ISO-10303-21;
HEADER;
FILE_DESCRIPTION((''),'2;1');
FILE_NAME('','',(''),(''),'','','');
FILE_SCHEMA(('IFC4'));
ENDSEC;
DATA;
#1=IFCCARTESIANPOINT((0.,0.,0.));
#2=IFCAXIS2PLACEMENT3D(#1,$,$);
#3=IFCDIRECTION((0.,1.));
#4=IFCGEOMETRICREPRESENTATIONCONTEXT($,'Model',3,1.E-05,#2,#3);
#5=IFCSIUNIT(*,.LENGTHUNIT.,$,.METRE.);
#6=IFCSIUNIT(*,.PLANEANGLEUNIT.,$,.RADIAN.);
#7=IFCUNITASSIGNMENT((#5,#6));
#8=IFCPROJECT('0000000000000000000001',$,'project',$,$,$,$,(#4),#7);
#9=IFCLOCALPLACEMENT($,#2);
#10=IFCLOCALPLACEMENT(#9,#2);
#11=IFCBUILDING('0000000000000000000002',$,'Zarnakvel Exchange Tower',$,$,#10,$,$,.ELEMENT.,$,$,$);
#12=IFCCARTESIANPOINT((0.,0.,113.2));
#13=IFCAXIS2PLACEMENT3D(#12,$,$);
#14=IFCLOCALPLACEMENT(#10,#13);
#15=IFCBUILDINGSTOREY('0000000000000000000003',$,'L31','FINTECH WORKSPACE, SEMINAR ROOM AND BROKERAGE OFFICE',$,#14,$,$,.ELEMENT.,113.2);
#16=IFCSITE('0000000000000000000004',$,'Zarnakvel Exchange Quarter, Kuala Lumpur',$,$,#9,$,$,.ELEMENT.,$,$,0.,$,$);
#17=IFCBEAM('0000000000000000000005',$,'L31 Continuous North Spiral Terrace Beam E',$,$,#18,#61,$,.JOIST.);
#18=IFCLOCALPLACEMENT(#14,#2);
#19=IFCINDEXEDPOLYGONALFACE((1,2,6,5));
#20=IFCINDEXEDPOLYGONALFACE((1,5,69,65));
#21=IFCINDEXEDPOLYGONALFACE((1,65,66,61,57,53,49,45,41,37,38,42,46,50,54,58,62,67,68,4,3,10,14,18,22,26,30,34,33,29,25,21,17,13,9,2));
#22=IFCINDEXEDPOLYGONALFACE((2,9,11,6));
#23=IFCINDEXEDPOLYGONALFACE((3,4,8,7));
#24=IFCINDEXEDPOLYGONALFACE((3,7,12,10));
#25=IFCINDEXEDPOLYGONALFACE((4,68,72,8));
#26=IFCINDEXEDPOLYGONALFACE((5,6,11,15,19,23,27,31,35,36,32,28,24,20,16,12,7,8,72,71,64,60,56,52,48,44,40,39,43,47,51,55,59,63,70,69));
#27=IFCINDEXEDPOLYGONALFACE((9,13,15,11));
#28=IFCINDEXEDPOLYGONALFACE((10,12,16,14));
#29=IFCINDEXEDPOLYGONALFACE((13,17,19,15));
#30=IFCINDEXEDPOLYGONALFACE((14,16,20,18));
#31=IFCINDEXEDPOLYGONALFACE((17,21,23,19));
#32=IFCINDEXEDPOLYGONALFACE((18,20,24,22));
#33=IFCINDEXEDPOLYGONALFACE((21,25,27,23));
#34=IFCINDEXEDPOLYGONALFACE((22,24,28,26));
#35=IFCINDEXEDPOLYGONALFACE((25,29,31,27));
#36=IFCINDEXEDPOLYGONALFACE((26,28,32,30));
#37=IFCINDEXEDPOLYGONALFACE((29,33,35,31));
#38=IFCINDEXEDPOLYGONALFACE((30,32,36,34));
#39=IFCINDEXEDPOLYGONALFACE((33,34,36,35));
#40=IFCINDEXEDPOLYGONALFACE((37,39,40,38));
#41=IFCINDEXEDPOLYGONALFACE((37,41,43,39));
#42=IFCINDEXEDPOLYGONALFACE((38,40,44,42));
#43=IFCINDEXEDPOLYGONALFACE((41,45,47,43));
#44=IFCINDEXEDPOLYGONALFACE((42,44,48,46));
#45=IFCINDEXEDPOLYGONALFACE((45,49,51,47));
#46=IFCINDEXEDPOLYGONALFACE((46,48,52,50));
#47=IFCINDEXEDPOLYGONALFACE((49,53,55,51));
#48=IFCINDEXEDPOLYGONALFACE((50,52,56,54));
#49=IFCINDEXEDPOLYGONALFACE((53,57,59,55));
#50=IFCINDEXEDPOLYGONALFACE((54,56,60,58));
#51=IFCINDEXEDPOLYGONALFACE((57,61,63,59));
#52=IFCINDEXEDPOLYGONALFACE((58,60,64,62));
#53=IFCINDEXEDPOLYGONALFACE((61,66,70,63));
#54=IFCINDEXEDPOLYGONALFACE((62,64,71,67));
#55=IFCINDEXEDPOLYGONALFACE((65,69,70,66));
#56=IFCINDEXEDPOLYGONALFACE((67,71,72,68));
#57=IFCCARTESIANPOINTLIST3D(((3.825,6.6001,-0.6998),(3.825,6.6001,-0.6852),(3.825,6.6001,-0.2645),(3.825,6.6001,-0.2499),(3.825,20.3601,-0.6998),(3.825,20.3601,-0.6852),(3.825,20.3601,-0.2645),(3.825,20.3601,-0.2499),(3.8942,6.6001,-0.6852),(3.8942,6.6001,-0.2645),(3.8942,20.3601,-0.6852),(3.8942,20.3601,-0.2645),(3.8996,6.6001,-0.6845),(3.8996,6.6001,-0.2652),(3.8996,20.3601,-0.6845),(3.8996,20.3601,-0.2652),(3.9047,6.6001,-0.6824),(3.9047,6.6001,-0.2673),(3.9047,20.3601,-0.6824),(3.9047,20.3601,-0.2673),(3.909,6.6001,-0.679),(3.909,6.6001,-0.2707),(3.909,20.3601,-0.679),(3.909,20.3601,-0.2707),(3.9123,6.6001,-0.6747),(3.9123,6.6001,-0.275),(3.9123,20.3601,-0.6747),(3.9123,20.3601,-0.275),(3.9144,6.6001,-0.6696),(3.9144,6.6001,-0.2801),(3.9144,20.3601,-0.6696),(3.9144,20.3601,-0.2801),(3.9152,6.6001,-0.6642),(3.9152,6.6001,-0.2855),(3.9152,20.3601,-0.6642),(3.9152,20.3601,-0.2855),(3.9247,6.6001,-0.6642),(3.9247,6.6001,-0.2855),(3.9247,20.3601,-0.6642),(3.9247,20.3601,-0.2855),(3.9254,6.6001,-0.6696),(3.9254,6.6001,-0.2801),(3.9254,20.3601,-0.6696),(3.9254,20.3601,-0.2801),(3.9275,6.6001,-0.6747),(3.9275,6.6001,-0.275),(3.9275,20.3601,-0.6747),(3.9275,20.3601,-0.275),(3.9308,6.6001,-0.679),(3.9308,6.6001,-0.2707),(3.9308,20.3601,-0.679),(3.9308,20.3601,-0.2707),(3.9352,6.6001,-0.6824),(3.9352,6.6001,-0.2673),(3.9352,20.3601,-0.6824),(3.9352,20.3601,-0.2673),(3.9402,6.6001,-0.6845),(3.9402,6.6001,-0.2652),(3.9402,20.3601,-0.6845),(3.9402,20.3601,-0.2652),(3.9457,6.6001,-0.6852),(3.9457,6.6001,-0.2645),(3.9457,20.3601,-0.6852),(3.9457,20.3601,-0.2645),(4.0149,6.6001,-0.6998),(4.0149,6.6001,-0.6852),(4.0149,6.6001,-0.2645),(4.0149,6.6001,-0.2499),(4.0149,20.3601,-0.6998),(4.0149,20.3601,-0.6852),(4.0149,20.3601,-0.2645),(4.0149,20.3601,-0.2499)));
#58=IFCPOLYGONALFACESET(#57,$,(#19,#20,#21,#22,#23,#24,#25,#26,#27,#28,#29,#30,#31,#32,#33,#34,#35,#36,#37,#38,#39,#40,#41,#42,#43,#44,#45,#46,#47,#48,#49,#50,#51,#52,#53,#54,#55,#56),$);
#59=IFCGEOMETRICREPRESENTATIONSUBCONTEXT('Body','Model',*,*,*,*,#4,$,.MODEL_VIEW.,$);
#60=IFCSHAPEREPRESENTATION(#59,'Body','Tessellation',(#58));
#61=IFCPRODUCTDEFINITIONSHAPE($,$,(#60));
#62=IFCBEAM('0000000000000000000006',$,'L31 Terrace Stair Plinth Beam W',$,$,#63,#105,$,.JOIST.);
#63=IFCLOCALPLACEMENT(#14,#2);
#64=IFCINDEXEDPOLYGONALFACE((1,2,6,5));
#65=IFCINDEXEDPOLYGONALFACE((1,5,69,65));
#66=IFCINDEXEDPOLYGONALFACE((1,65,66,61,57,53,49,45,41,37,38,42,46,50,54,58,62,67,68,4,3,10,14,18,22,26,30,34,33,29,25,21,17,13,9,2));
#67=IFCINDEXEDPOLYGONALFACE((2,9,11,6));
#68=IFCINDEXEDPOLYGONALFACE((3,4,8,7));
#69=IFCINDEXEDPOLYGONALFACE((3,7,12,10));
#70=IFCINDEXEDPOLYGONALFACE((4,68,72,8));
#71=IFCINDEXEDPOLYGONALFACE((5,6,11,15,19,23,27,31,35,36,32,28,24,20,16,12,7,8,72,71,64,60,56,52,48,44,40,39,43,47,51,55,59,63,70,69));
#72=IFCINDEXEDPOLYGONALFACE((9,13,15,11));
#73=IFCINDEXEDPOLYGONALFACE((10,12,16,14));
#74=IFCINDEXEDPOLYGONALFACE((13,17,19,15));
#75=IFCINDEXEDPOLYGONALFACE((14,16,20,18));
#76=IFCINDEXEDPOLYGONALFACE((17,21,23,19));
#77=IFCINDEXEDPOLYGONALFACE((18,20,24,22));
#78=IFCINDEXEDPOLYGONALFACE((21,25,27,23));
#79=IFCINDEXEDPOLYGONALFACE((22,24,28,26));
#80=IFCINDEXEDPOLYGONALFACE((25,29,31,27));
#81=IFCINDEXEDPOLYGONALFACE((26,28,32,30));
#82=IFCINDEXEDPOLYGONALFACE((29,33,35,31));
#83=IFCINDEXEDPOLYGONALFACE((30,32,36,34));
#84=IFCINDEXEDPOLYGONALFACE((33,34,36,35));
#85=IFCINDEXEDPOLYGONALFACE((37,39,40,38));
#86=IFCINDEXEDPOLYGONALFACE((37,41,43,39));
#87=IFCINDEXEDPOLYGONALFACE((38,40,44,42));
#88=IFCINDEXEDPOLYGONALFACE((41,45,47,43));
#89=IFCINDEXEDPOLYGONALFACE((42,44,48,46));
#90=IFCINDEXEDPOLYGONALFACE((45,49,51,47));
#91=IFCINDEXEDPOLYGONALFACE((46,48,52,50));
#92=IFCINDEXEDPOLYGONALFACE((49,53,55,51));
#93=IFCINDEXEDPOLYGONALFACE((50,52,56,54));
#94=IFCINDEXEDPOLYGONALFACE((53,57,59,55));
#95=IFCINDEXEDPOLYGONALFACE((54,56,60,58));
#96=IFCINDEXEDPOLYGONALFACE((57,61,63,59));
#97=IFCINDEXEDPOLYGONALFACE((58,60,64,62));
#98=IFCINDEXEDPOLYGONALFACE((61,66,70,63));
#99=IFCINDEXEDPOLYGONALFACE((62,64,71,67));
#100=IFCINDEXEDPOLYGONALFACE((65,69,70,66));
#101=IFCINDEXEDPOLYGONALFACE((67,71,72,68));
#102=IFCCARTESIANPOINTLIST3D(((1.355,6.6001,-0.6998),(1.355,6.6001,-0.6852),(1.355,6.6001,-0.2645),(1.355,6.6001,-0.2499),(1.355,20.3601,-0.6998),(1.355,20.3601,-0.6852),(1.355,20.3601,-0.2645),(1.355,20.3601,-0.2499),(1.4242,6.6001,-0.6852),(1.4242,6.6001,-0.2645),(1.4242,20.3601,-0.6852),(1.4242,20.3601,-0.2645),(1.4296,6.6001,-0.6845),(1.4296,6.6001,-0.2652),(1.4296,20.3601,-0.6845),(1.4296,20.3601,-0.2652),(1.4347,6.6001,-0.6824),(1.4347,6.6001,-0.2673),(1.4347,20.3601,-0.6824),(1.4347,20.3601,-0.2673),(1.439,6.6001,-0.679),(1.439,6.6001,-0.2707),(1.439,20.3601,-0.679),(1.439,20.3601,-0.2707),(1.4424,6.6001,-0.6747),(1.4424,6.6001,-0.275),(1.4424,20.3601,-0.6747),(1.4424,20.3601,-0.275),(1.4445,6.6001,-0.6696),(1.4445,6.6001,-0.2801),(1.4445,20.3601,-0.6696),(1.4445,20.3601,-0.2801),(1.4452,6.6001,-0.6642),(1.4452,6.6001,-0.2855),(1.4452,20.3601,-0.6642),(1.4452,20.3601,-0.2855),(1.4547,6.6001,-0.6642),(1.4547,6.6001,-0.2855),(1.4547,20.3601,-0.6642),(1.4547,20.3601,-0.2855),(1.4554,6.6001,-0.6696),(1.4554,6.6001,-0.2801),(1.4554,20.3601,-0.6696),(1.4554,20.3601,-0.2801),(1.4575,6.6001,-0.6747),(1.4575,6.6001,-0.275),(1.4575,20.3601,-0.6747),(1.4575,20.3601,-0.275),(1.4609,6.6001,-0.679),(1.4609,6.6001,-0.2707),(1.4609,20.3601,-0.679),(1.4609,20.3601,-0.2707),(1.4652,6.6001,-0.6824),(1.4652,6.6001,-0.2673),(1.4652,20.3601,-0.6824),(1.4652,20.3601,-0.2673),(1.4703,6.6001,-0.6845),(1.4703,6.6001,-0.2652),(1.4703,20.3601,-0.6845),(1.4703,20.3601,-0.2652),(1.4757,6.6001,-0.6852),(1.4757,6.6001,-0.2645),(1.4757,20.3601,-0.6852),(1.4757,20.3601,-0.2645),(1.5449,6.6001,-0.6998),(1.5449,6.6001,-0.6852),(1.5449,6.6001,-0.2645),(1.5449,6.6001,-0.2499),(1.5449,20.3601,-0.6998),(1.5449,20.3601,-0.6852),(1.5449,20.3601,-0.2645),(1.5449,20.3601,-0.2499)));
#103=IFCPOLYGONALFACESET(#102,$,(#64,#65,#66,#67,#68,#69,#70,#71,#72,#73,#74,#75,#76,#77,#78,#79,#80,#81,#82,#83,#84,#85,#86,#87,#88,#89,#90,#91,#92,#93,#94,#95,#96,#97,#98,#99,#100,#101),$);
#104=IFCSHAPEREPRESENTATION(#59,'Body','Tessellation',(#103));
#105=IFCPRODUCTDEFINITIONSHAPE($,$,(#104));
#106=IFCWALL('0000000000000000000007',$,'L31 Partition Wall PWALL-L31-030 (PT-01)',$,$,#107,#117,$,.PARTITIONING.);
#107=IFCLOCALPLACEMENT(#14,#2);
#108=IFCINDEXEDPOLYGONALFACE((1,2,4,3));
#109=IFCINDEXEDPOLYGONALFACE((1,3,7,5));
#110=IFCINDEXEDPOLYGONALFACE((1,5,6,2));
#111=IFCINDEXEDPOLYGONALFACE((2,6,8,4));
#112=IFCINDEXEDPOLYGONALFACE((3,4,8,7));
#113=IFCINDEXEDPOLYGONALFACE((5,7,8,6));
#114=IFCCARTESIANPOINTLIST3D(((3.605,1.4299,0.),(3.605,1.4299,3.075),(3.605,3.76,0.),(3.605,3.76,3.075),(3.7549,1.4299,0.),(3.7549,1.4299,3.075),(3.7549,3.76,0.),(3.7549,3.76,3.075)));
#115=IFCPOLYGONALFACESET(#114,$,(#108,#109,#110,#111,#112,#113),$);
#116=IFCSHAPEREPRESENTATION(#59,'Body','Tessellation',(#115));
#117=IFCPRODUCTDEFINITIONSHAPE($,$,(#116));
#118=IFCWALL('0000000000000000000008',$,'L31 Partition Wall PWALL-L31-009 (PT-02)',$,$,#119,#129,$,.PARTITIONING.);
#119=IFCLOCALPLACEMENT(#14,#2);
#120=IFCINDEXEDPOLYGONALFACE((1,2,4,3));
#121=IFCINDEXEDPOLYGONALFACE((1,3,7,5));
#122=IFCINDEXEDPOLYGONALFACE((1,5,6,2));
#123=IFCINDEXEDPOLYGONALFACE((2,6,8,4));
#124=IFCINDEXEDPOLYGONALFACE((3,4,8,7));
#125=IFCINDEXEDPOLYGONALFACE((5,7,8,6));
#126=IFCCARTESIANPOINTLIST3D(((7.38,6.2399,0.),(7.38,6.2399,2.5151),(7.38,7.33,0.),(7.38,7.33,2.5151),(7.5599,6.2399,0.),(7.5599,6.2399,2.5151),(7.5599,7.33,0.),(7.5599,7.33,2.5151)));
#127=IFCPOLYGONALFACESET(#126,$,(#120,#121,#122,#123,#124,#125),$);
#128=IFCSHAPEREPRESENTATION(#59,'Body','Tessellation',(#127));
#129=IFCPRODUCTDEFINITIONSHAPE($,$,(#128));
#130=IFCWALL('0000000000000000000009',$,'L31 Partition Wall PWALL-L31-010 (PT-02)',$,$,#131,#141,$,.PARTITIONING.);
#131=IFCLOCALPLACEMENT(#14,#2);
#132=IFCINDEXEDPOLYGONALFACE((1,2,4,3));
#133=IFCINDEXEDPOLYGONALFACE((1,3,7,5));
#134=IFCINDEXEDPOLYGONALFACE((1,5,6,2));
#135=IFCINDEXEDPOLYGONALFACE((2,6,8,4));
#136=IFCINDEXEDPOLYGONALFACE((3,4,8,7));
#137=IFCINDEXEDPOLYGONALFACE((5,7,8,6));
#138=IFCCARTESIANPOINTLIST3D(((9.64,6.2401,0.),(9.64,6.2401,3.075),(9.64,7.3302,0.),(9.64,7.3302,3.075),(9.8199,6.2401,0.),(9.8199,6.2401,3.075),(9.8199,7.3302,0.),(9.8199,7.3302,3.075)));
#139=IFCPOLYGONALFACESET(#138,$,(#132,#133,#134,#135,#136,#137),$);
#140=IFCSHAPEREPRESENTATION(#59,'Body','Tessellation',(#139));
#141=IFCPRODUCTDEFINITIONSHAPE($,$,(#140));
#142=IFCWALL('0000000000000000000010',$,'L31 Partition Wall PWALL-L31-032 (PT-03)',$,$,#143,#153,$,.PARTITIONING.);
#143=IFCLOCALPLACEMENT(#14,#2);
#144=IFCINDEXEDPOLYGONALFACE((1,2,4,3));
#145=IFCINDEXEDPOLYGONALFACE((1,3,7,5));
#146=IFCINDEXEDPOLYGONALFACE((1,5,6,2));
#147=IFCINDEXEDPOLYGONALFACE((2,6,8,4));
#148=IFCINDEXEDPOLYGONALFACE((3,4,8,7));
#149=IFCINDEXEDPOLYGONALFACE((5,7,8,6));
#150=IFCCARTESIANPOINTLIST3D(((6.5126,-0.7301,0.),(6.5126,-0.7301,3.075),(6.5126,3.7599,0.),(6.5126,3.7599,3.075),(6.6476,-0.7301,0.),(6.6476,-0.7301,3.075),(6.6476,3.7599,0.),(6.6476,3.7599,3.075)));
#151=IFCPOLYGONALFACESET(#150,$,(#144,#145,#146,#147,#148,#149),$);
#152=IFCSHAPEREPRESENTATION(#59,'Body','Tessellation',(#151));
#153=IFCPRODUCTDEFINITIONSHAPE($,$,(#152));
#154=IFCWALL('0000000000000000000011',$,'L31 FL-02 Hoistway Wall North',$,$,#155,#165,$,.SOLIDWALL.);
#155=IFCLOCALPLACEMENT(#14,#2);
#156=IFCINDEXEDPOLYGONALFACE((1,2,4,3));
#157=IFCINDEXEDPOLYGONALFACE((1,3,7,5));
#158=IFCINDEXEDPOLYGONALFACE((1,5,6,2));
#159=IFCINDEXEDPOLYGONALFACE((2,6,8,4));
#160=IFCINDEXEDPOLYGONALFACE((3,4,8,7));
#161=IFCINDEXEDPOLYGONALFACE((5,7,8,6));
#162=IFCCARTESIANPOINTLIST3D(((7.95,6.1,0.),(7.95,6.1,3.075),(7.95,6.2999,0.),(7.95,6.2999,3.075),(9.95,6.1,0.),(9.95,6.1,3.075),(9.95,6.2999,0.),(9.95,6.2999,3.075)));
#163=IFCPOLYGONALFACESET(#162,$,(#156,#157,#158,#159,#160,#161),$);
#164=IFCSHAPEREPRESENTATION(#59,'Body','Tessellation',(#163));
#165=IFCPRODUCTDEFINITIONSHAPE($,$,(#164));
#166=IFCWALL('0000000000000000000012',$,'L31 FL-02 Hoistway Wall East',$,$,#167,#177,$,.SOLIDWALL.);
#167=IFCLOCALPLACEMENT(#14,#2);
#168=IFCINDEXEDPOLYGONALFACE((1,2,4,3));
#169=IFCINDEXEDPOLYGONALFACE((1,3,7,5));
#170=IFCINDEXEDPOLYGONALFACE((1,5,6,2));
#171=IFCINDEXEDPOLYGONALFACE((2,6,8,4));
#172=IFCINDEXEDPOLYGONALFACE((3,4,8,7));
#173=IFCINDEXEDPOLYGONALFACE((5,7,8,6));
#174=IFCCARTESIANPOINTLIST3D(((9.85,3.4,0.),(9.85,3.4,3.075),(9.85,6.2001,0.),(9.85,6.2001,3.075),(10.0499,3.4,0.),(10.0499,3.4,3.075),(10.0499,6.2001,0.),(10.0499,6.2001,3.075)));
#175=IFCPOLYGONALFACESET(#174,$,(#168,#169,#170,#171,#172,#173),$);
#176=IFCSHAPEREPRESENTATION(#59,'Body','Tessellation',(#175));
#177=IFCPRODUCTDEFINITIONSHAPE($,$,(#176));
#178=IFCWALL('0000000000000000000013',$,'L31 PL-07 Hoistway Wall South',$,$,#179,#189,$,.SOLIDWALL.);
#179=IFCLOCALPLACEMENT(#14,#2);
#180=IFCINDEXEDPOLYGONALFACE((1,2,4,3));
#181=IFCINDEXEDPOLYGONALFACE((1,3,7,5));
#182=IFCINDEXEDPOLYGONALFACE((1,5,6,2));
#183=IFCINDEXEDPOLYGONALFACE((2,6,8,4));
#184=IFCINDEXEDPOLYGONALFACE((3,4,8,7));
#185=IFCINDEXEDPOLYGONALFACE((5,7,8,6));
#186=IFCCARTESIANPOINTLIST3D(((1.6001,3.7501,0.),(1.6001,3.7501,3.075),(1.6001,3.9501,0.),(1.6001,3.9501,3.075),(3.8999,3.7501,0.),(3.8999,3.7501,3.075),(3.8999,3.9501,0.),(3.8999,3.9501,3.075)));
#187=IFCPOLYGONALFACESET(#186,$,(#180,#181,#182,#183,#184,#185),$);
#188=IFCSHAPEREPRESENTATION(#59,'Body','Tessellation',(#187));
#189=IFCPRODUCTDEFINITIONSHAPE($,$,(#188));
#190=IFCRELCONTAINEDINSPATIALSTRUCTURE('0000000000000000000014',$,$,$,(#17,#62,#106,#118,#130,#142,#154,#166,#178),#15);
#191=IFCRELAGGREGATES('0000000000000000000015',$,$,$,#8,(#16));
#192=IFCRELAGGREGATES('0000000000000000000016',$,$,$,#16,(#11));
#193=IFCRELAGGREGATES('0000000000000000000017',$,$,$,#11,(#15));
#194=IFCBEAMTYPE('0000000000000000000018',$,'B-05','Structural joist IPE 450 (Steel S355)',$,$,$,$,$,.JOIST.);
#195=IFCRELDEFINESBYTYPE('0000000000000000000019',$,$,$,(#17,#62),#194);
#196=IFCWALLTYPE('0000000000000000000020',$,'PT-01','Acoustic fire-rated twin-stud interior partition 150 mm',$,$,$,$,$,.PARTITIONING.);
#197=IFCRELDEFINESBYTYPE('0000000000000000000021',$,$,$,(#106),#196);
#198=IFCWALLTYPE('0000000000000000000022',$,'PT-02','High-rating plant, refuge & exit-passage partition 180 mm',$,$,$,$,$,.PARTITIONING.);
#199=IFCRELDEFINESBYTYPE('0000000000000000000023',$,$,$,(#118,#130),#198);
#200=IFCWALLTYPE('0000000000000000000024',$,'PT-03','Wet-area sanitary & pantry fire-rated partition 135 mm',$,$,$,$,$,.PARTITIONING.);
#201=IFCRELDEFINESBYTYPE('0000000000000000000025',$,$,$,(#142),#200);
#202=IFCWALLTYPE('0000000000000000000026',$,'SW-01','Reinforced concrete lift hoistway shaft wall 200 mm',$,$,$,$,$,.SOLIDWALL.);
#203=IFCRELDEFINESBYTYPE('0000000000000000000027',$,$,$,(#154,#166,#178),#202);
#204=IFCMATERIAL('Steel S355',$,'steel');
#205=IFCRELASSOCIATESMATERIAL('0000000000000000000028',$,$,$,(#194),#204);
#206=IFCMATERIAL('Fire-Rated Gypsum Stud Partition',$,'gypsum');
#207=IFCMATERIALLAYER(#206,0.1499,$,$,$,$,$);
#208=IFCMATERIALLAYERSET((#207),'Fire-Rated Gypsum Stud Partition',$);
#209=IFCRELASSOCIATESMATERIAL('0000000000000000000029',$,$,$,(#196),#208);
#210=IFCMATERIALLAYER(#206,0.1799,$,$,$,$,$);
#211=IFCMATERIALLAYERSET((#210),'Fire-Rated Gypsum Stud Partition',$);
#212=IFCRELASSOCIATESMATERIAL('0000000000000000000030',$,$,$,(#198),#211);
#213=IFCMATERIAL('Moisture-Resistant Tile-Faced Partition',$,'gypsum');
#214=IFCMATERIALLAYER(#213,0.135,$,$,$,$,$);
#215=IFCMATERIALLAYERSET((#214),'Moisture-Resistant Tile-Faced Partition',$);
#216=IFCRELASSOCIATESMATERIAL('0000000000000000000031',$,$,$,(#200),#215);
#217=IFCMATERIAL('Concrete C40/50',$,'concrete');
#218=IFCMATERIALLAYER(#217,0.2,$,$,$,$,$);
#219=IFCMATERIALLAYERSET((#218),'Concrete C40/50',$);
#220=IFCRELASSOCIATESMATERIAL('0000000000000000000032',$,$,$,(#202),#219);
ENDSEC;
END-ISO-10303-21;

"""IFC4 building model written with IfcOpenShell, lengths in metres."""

from ifc_helpers import new_model, si_unit, direction, frame, frame_2d, origin, origin_2d, place, context, subcontext, project, spatial, rectangle, i_section, extrude, material, layer, layer_set, material_profile, profile_set, type_object, element, save


model = new_model("IFC4")

# Units and contexts
model_context = context("Model", 3, precision=1e-05, world=origin(), true_north=direction((0.0, 1.0)))
body_context = subcontext(model_context, "Body", "Model", "MODEL_VIEW")
ifc_project = project(units=[si_unit("LENGTHUNIT", "METRE"), si_unit("PLANEANGLEUNIT", "RADIAN")], contexts=[model_context])

# Site, building, storey
site_placement = place(None, origin())
site = spatial("IfcSite", under=ifc_project, at=site_placement, Name="Zarnakvel Exchange Quarter, Kuala Lumpur", CompositionType="ELEMENT", RefElevation=0.0)
building_placement = place(site_placement, origin())
building = spatial("IfcBuilding", under=site, at=building_placement, Name="Zarnakvel Exchange Tower", CompositionType="ELEMENT")
storey_placement = place(building_placement, frame((0.0, 0.0, 113.2)))
storey = spatial("IfcBuildingStorey", under=building, at=storey_placement, Name="L31", Description="FINTECH WORKSPACE, SEMINAR ROOM AND BROKERAGE OFFICE", CompositionType="ELEMENT", Elevation=113.2)

# Beams
ifc_material_1 = material(Name="Steel S355", Category="steel")
ifc_material_profile = material_profile(ifc_material_1, i_section(OverallWidth=0.1899, OverallDepth=0.45, WebThickness=0.0095, FlangeThickness=0.0146, FilletRadius=0.021, at=origin_2d()))
ifc_profile_set = profile_set([ifc_material_profile], Name="Steel S355")
beam_type = type_object("IfcBeamType", Name="B-05", Description="Structural joist IPE 450 (Steel S355)", PredefinedType="JOIST", material=ifc_profile_set)
for number, where, z_axis, x_axis, name in (
    (1, (3.9199, 6.6001, -0.4749), (0.0, 1.0, 0.0), (-1.0, 0.0, 0.0), "L31 Continuous North Spiral Terrace Beam E"),
    (2, (1.45, 6.6001, -0.4749), (0.0, 1.0, 0.0), (-1.0, 0.0, 0.0), "L31 Terrace Stair Plinth Beam W"),
):
    element("IfcBeam", number, at=place(storey_placement, frame(where, z_axis=z_axis, x_axis=x_axis)), inside=storey, type_object=beam_type, Name=name, PredefinedType="JOIST", context=body_context, shape_type="SweptSolid", body=[
        extrude(i_section(OverallWidth=0.1899, OverallDepth=0.45, WebThickness=0.0095, FlangeThickness=0.0146, FilletRadius=0.021, at=origin_2d()), origin(), (0.0, 0.0, 1.0), 13.76),
    ])

# Shared definitions
ifc_material_2 = material(Name="Fire-Rated Gypsum Stud Partition", Category="gypsum")
ifc_layer_1 = layer(ifc_material_2, 0.1499)
ifc_layer_set_1 = layer_set([ifc_layer_1], Name="Fire-Rated Gypsum Stud Partition")
wall_type_1 = type_object("IfcWallType", Name="PT-01", Description="Acoustic fire-rated twin-stud interior partition 150 mm", PredefinedType="PARTITIONING", material=ifc_layer_set_1)

# Walls
wall_1_placement = place(storey_placement, frame((3.6799, 3.76, 0.0), z_axis=(0.0, 0.0, 1.0), x_axis=(0.0, -1.0, 0.0)))
element("IfcWall", 3, at=wall_1_placement, inside=storey, type_object=wall_type_1, Name="L31 Partition Wall PWALL-L31-030 (PT-01)", PredefinedType="PARTITIONING", context=body_context, shape_type="SweptSolid", body=[
    extrude(rectangle(XDim=2.3301, YDim=0.1499, at=frame_2d((1.165, 0.0))), origin(), (0.0, 0.0, 1.0), 3.075),
])
ifc_layer_2 = layer(ifc_material_2, 0.1799)
ifc_layer_set_2 = layer_set([ifc_layer_2], Name="Fire-Rated Gypsum Stud Partition")
wall_type_2 = type_object("IfcWallType", Name="PT-02", Description="High-rating plant, refuge & exit-passage partition 180 mm", PredefinedType="PARTITIONING", material=ifc_layer_set_2)
wall_2_placement = place(storey_placement, frame((7.47, 6.24, 0.0), z_axis=(0.0, 0.0, 1.0), x_axis=(0.0, 1.0, 0.0)))
element("IfcWall", 4, at=wall_2_placement, inside=storey, type_object=wall_type_2, Name="L31 Partition Wall PWALL-L31-009 (PT-02)", PredefinedType="PARTITIONING", context=body_context, shape_type="SweptSolid", body=[
    extrude(rectangle(XDim=1.0901, YDim=0.1799, at=frame_2d((0.5449, 0.0))), origin(), (0.0, 0.0, 1.0), 2.5151),
])
wall_3_placement = place(storey_placement, frame((9.73, 7.3301, 0.0), z_axis=(0.0, 0.0, 1.0), x_axis=(0.0, -1.0, 0.0)))
element("IfcWall", 5, at=wall_3_placement, inside=storey, type_object=wall_type_2, Name="L31 Partition Wall PWALL-L31-010 (PT-02)", PredefinedType="PARTITIONING", context=body_context, shape_type="SweptSolid", body=[
    extrude(rectangle(XDim=1.0901, YDim=0.1799, at=frame_2d((0.5449, 0.0))), origin(), (0.0, 0.0, 1.0), 3.075),
])

# Shared definitions
ifc_material_3 = material(Name="Moisture-Resistant Tile-Faced Partition", Category="gypsum")
ifc_layer_3 = layer(ifc_material_3, 0.135)
ifc_layer_set_3 = layer_set([ifc_layer_3], Name="Moisture-Resistant Tile-Faced Partition")
wall_type_3 = type_object("IfcWallType", Name="PT-03", Description="Wet-area sanitary & pantry fire-rated partition 135 mm", PredefinedType="PARTITIONING", material=ifc_layer_set_3)

# Walls
wall_4_placement = place(storey_placement, frame((6.5801, 3.76, 0.0), z_axis=(0.0, 0.0, 1.0), x_axis=(0.0, -1.0, 0.0)))
element("IfcWall", 6, at=wall_4_placement, inside=storey, type_object=wall_type_3, Name="L31 Partition Wall PWALL-L31-032 (PT-03)", PredefinedType="PARTITIONING", context=body_context, shape_type="SweptSolid", body=[
    extrude(rectangle(XDim=4.49, YDim=0.135, at=frame_2d((2.2451, 0.0))), origin(), (0.0, 0.0, 1.0), 3.075),
])
ifc_material_4 = material(Name="Concrete C40/50", Category="concrete")
ifc_layer_4 = layer(ifc_material_4, 0.2)
ifc_layer_set_4 = layer_set([ifc_layer_4], Name="Concrete C40/50")
wall_type_4 = type_object("IfcWallType", Name="SW-01", Description="Reinforced concrete lift hoistway shaft wall 200 mm", PredefinedType="SOLIDWALL", material=ifc_layer_set_4)
wall_5_placement = place(storey_placement, frame((7.95, 6.2, 0.0), z_axis=(0.0, 0.0, 1.0), x_axis=(1.0, 0.0, 0.0)))
element("IfcWall", 7, at=wall_5_placement, inside=storey, type_object=wall_type_4, Name="L31 FL-02 Hoistway Wall North", PredefinedType="SOLIDWALL", context=body_context, shape_type="SweptSolid", body=[
    extrude(rectangle(XDim=2.0, YDim=0.2, at=frame_2d((1.0, 0.0))), origin(), (0.0, 0.0, 1.0), 3.075),
])
wall_6_placement = place(storey_placement, frame((9.95, 6.2, 0.0), z_axis=(0.0, 0.0, 1.0), x_axis=(0.0, -1.0, 0.0)))
element("IfcWall", 8, at=wall_6_placement, inside=storey, type_object=wall_type_4, Name="L31 FL-02 Hoistway Wall East", PredefinedType="SOLIDWALL", context=body_context, shape_type="SweptSolid", body=[
    extrude(rectangle(XDim=2.8, YDim=0.2, at=frame_2d((1.3999, 0.0))), origin(), (0.0, 0.0, 1.0), 3.075),
])
wall_7_placement = place(storey_placement, frame((3.8999, 3.8501, 0.0), z_axis=(0.0, 0.0, 1.0), x_axis=(-1.0, 0.0, 0.0)))
element("IfcWall", 9, at=wall_7_placement, inside=storey, type_object=wall_type_4, Name="L31 PL-07 Hoistway Wall South", PredefinedType="SOLIDWALL", context=body_context, shape_type="SweptSolid", body=[
    extrude(rectangle(XDim=2.2998, YDim=0.2, at=frame_2d((1.1499, 0.0))), origin(), (0.0, 0.0, 1.0), 3.075),
])

save(model, "model.ifc")
